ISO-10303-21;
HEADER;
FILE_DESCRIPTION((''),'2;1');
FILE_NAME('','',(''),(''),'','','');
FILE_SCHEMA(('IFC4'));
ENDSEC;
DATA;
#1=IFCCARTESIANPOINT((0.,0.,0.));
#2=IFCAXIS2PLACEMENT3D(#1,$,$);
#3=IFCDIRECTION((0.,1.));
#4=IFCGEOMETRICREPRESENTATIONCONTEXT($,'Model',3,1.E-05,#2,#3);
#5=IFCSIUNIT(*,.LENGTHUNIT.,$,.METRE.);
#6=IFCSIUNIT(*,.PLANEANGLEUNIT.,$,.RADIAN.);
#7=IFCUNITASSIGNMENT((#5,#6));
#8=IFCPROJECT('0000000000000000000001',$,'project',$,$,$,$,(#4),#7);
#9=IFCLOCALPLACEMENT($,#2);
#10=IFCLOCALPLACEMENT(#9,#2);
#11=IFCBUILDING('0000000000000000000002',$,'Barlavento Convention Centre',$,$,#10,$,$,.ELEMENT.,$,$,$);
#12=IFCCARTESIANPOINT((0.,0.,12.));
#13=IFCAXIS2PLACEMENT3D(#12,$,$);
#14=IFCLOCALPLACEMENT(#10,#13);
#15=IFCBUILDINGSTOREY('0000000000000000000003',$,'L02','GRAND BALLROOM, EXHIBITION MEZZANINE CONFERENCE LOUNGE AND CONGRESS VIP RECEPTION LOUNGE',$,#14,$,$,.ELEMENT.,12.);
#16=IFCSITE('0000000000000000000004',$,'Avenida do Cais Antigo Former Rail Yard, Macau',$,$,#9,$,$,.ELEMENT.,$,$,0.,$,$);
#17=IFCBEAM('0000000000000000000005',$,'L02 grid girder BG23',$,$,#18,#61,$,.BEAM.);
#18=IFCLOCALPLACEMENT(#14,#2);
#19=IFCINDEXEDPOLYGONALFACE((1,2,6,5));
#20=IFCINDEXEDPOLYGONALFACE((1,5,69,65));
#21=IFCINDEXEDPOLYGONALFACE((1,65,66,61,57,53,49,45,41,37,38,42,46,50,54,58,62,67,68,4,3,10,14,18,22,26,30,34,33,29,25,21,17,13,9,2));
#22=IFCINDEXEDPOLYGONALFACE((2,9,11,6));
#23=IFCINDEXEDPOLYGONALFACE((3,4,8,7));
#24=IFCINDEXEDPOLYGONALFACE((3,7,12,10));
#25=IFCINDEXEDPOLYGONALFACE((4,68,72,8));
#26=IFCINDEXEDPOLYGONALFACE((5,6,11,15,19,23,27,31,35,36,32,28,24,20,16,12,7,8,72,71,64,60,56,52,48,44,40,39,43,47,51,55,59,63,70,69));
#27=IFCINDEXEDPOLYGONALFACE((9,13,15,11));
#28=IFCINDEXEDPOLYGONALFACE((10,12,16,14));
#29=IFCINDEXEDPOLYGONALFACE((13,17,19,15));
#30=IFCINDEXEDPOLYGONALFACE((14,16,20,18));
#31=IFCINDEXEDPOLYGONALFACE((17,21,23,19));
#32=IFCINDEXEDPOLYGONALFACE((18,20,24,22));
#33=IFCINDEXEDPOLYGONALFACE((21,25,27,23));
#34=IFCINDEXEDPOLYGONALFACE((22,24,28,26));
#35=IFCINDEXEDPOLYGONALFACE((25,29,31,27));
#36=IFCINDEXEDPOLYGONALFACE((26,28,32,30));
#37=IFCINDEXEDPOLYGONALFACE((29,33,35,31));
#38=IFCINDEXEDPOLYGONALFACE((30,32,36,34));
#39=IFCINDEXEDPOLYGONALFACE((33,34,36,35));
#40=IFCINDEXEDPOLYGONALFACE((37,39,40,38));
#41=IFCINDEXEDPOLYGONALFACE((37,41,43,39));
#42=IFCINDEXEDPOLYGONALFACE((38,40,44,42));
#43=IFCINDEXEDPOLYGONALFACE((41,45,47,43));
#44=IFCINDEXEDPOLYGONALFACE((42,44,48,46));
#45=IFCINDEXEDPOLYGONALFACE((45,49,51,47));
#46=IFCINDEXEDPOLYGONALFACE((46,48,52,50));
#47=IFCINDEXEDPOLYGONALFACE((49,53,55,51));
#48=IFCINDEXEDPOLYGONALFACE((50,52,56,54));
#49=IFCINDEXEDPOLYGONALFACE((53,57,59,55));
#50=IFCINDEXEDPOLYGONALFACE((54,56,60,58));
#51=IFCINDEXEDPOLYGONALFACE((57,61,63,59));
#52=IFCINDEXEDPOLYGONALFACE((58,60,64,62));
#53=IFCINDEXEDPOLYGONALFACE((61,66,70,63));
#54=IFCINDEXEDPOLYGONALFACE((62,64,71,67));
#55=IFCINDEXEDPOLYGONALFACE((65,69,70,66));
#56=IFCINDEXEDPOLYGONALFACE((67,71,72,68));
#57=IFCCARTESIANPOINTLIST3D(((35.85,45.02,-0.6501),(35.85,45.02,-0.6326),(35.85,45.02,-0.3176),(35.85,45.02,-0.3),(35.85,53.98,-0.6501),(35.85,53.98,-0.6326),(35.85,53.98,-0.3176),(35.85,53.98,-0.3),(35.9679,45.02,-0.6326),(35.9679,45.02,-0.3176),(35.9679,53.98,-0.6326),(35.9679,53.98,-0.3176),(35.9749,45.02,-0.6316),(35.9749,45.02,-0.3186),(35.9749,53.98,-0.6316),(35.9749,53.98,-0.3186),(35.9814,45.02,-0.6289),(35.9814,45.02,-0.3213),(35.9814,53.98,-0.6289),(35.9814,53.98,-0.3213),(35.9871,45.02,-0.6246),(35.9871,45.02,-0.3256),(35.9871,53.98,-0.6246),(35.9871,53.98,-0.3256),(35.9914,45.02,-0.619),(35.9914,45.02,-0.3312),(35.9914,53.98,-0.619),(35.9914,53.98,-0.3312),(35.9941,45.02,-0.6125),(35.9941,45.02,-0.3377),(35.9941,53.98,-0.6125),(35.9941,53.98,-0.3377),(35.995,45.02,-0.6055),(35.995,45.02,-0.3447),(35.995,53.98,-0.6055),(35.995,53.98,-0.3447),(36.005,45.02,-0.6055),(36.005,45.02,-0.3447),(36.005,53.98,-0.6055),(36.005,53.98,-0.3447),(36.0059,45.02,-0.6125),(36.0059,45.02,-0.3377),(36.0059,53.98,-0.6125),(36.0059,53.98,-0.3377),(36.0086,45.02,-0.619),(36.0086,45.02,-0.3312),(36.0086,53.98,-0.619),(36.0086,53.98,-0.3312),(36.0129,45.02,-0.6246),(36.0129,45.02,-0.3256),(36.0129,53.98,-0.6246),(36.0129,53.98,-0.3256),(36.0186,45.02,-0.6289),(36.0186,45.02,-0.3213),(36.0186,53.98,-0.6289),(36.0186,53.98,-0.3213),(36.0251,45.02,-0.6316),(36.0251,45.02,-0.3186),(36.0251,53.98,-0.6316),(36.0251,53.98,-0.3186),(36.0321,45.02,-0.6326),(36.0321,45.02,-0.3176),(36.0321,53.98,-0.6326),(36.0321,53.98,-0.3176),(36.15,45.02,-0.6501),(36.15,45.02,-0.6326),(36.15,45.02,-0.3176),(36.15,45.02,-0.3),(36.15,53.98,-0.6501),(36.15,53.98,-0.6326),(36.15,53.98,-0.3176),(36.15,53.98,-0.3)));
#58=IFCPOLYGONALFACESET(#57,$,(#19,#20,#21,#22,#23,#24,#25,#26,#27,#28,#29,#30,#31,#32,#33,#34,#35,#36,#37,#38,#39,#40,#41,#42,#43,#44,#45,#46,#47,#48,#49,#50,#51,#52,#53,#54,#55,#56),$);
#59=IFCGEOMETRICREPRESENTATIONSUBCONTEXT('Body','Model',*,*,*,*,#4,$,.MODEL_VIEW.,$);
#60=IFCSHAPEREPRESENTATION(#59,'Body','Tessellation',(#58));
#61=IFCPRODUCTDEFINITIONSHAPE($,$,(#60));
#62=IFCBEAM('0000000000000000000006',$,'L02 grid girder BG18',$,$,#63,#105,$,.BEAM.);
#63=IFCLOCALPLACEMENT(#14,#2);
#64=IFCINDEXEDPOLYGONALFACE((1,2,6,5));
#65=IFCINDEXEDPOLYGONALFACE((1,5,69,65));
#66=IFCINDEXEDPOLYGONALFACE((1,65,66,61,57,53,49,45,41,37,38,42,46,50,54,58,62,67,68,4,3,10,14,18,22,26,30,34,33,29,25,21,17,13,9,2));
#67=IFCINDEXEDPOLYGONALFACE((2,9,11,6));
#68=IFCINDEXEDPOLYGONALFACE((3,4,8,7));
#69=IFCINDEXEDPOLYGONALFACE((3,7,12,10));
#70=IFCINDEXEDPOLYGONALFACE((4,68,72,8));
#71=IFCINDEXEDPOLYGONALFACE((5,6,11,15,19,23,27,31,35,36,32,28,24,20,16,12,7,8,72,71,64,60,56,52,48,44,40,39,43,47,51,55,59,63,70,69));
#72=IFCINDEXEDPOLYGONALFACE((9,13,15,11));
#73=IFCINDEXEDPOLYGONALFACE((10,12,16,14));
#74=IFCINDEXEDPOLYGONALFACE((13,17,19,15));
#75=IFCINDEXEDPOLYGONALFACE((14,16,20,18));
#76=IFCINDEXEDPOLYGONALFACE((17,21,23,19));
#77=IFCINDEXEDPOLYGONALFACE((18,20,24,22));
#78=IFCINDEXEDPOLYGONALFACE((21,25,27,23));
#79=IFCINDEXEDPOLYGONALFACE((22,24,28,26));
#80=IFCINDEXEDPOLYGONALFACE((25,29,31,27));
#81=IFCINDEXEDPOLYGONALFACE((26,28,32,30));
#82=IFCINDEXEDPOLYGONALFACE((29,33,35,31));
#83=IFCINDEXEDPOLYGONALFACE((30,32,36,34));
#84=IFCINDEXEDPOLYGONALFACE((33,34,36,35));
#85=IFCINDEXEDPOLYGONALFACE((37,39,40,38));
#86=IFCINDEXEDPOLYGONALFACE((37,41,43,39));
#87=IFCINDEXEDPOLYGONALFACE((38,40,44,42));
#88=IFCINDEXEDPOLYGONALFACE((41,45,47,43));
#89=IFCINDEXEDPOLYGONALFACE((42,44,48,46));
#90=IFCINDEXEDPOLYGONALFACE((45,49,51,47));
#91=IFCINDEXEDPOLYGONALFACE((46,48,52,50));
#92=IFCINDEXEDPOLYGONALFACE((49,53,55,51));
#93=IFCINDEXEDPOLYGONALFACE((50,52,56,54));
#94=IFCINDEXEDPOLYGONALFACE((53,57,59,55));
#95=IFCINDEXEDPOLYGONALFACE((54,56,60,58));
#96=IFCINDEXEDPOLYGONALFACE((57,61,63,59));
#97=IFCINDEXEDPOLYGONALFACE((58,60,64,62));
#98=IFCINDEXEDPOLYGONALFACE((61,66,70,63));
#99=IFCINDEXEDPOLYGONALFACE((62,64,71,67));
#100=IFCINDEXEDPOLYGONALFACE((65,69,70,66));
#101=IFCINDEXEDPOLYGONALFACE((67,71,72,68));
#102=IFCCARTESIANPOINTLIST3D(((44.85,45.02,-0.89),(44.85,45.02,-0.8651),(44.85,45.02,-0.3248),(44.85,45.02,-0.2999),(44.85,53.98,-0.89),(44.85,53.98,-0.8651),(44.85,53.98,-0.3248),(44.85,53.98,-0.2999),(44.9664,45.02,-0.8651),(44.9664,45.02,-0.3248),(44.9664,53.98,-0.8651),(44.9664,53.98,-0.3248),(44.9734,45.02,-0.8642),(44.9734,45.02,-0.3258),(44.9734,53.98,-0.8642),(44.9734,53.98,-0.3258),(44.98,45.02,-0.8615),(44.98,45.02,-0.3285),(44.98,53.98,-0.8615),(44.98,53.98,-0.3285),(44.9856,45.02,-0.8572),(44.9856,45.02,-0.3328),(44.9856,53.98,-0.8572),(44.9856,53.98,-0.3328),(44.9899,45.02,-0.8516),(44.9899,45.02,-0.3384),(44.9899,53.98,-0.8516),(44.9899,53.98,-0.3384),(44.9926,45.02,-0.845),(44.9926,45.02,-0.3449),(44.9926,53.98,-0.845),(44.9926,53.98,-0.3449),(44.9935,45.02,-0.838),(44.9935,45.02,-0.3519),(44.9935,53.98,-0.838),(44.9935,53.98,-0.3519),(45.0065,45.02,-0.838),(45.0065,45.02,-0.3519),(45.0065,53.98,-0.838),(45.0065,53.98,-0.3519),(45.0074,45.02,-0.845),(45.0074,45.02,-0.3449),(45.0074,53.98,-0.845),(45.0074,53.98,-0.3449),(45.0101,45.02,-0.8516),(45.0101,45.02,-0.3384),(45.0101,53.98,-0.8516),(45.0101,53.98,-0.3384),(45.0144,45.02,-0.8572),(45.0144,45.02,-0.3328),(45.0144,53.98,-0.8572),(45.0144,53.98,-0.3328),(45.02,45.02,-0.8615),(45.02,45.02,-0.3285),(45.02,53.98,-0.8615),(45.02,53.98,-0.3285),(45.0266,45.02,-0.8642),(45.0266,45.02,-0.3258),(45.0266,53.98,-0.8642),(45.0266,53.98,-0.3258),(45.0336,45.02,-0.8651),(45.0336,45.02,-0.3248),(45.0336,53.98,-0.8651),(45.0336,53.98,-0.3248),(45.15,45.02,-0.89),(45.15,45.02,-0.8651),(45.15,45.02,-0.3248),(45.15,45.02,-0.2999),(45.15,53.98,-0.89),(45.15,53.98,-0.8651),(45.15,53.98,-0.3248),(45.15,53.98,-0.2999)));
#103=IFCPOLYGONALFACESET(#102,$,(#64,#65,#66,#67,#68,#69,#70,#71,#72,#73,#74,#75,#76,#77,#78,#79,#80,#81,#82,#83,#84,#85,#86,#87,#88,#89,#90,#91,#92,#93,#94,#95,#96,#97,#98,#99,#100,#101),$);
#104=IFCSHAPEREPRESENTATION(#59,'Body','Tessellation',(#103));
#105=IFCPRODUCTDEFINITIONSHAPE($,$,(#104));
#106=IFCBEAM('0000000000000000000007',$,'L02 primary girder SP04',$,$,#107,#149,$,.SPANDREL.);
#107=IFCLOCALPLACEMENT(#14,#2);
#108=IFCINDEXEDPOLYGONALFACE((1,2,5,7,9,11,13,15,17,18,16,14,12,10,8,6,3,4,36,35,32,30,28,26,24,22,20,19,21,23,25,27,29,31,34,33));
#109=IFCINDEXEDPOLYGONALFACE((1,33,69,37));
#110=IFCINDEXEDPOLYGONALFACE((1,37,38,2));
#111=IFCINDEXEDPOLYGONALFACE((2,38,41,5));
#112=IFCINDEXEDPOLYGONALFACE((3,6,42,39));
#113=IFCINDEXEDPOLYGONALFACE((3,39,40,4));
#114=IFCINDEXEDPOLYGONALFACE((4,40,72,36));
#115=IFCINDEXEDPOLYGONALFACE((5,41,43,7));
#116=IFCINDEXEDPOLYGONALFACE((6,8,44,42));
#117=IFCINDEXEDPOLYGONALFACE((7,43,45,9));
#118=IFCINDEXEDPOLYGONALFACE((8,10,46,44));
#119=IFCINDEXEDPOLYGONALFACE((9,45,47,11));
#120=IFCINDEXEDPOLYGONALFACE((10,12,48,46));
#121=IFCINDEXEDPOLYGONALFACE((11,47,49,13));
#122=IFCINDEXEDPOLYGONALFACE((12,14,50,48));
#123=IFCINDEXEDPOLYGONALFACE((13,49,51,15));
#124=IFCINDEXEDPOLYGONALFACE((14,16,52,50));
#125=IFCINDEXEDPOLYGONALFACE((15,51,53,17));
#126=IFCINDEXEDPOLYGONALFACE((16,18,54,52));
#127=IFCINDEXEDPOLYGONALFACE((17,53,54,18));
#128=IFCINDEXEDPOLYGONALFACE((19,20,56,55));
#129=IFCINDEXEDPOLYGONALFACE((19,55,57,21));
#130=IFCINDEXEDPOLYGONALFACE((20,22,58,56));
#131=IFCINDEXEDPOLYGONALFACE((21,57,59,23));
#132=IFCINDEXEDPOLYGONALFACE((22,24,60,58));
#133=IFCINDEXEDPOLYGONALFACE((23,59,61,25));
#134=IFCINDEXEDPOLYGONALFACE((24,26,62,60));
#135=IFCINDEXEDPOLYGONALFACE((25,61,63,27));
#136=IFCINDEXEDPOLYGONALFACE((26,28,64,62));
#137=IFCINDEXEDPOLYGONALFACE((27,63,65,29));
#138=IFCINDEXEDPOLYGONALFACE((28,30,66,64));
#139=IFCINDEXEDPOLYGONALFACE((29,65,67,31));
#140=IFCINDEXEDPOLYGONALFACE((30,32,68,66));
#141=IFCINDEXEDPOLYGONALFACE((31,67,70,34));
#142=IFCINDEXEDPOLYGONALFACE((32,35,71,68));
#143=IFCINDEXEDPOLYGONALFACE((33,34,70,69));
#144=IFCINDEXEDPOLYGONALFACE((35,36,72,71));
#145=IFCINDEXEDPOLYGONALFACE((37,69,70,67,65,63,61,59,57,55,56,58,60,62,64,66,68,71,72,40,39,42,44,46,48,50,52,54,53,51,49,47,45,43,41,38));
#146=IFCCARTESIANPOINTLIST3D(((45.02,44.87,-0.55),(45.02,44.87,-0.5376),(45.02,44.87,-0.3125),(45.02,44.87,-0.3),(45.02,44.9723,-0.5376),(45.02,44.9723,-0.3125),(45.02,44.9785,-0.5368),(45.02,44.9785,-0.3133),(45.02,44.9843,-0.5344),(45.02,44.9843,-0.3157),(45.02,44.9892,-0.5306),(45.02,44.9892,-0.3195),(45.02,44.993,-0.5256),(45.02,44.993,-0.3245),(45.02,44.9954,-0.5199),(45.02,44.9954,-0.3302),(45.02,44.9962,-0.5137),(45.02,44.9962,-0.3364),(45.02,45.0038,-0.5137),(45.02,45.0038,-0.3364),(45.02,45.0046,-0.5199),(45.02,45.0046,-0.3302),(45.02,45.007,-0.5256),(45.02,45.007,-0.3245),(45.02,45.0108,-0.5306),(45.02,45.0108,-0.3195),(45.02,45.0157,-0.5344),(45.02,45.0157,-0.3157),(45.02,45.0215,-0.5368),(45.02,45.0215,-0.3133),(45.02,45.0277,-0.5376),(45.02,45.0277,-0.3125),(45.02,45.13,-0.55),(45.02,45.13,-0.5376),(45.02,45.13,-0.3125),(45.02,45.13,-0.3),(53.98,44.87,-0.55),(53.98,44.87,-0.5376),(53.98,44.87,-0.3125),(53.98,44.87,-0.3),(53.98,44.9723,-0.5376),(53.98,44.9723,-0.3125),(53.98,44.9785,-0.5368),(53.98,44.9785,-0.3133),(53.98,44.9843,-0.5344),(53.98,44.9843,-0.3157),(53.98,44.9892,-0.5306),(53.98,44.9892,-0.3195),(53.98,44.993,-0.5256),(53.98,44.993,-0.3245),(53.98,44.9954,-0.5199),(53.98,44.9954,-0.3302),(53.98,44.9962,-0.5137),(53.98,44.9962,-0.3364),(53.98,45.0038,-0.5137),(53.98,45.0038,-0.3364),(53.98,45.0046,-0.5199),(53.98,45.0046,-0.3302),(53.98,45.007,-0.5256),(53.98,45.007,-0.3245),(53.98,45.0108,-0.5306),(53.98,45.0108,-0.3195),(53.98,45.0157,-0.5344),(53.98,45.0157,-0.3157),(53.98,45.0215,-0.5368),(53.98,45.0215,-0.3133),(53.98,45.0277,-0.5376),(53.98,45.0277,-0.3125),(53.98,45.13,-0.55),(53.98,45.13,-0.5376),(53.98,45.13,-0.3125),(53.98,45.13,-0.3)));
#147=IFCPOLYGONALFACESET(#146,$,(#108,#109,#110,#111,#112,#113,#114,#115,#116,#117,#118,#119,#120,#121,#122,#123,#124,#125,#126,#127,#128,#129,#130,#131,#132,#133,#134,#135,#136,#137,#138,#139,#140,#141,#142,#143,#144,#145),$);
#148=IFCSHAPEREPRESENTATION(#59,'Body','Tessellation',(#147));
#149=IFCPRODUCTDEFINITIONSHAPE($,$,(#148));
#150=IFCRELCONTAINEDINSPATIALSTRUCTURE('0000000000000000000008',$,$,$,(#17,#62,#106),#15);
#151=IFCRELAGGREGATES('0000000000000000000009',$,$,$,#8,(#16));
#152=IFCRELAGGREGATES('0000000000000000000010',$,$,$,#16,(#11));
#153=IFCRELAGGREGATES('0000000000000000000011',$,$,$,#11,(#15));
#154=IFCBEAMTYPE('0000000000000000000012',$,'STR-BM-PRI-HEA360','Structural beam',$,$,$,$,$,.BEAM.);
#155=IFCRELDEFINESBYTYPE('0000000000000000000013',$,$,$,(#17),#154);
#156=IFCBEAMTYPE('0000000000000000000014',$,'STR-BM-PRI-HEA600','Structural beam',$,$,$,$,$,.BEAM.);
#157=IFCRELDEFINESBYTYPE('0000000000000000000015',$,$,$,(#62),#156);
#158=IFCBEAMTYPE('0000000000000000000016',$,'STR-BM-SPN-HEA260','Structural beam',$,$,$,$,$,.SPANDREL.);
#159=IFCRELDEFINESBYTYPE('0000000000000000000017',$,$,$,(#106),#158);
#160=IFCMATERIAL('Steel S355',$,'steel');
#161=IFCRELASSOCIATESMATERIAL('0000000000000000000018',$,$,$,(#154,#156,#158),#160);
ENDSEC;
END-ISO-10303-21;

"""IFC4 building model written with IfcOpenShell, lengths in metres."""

from ifc_helpers import new_model, si_unit, direction, frame, origin, origin_2d, place, context, subcontext, project, spatial, i_section, extrude, material, material_profile, profile_set, type_object, element, save


model = new_model("IFC4")

# Units and contexts
model_context = context("Model", 3, precision=1e-05, world=origin(), true_north=direction((0.0, 1.0)))
body_context = subcontext(model_context, "Body", "Model", "MODEL_VIEW")
ifc_project = project(units=[si_unit("LENGTHUNIT", "METRE"), si_unit("PLANEANGLEUNIT", "RADIAN")], contexts=[model_context])

# Site, building, storey
site_placement = place(None, origin())
site = spatial("IfcSite", under=ifc_project, at=site_placement, Name="Avenida do Cais Antigo Former Rail Yard, Macau", CompositionType="ELEMENT", RefElevation=0.0)
building_placement = place(site_placement, origin())
building = spatial("IfcBuilding", under=site, at=building_placement, Name="Barlavento Convention Centre", CompositionType="ELEMENT")
storey_placement = place(building_placement, frame((0.0, 0.0, 12.0)))
storey = spatial("IfcBuildingStorey", under=building, at=storey_placement, Name="L02", Description="GRAND BALLROOM, EXHIBITION MEZZANINE CONFERENCE LOUNGE AND CONGRESS VIP RECEPTION LOUNGE", CompositionType="ELEMENT", Elevation=12.0)

# Shared definitions
ifc_material_1 = material(Name="Steel S355", Category="steel")

# Beams
ifc_material_profile_1 = material_profile(ifc_material_1, i_section(OverallWidth=0.3, OverallDepth=0.3501, WebThickness=0.01, FlangeThickness=0.0176, FilletRadius=0.0271, at=origin_2d()), Name="HEA 360")
ifc_profile_set_1 = profile_set([ifc_material_profile_1], Name="Steel S355")
beam_type_1 = type_object("IfcBeamType", Name="STR-BM-PRI-HEA360", Description="Structural beam", PredefinedType="BEAM", material=ifc_profile_set_1)
beam_1_placement = place(storey_placement, frame((36.0, 45.02, -0.4751), z_axis=(0.0, 1.0, 0.0), x_axis=(-1.0, 0.0, 0.0)))
element("IfcBeam", 1, at=beam_1_placement, inside=storey, type_object=beam_type_1, Name="L02 grid girder BG23", PredefinedType="BEAM", context=body_context, shape_type="SweptSolid", body=[
    extrude(i_section(OverallWidth=0.3, OverallDepth=0.3501, WebThickness=0.01, FlangeThickness=0.0176, FilletRadius=0.0271, at=origin_2d()), origin(), (0.0, 0.0, 1.0), 8.96),
])
ifc_material_profile_2 = material_profile(ifc_material_1, i_section(OverallWidth=0.3, OverallDepth=0.5901, WebThickness=0.0129, FlangeThickness=0.0249, FilletRadius=0.0271, at=origin_2d()), Name="HEA 600")
ifc_profile_set_2 = profile_set([ifc_material_profile_2], Name="Steel S355")
beam_type_2 = type_object("IfcBeamType", Name="STR-BM-PRI-HEA600", Description="Structural beam", PredefinedType="BEAM", material=ifc_profile_set_2)
beam_2_placement = place(storey_placement, frame((45.0, 45.02, -0.595), z_axis=(0.0, 1.0, 0.0), x_axis=(-1.0, 0.0, 0.0)))
element("IfcBeam", 2, at=beam_2_placement, inside=storey, type_object=beam_type_2, Name="L02 grid girder BG18", PredefinedType="BEAM", context=body_context, shape_type="SweptSolid", body=[
    extrude(i_section(OverallWidth=0.3, OverallDepth=0.5901, WebThickness=0.0129, FlangeThickness=0.0249, FilletRadius=0.0271, at=origin_2d()), origin(), (0.0, 0.0, 1.0), 8.96),
])
ifc_material_profile_3 = material_profile(ifc_material_1, i_section(OverallWidth=0.26, OverallDepth=0.25, WebThickness=0.0076, FlangeThickness=0.0125, FilletRadius=0.0239, at=origin_2d()), Name="HEA 260")
ifc_profile_set_3 = profile_set([ifc_material_profile_3], Name="Steel S355")
beam_type_3 = type_object("IfcBeamType", Name="STR-BM-SPN-HEA260", Description="Structural beam", PredefinedType="SPANDREL", material=ifc_profile_set_3)
beam_3_placement = place(storey_placement, frame((45.02, 45.0, -0.425), z_axis=(1.0, 0.0, 0.0), x_axis=(0.0, 1.0, 0.0)))
element("IfcBeam", 3, at=beam_3_placement, inside=storey, type_object=beam_type_3, Name="L02 primary girder SP04", PredefinedType="SPANDREL", context=body_context, shape_type="SweptSolid", body=[
    extrude(i_section(OverallWidth=0.26, OverallDepth=0.25, WebThickness=0.0076, FlangeThickness=0.0125, FilletRadius=0.0239, at=origin_2d()), origin(), (0.0, 0.0, 1.0), 8.96),
])

save(model, "model.ifc")
